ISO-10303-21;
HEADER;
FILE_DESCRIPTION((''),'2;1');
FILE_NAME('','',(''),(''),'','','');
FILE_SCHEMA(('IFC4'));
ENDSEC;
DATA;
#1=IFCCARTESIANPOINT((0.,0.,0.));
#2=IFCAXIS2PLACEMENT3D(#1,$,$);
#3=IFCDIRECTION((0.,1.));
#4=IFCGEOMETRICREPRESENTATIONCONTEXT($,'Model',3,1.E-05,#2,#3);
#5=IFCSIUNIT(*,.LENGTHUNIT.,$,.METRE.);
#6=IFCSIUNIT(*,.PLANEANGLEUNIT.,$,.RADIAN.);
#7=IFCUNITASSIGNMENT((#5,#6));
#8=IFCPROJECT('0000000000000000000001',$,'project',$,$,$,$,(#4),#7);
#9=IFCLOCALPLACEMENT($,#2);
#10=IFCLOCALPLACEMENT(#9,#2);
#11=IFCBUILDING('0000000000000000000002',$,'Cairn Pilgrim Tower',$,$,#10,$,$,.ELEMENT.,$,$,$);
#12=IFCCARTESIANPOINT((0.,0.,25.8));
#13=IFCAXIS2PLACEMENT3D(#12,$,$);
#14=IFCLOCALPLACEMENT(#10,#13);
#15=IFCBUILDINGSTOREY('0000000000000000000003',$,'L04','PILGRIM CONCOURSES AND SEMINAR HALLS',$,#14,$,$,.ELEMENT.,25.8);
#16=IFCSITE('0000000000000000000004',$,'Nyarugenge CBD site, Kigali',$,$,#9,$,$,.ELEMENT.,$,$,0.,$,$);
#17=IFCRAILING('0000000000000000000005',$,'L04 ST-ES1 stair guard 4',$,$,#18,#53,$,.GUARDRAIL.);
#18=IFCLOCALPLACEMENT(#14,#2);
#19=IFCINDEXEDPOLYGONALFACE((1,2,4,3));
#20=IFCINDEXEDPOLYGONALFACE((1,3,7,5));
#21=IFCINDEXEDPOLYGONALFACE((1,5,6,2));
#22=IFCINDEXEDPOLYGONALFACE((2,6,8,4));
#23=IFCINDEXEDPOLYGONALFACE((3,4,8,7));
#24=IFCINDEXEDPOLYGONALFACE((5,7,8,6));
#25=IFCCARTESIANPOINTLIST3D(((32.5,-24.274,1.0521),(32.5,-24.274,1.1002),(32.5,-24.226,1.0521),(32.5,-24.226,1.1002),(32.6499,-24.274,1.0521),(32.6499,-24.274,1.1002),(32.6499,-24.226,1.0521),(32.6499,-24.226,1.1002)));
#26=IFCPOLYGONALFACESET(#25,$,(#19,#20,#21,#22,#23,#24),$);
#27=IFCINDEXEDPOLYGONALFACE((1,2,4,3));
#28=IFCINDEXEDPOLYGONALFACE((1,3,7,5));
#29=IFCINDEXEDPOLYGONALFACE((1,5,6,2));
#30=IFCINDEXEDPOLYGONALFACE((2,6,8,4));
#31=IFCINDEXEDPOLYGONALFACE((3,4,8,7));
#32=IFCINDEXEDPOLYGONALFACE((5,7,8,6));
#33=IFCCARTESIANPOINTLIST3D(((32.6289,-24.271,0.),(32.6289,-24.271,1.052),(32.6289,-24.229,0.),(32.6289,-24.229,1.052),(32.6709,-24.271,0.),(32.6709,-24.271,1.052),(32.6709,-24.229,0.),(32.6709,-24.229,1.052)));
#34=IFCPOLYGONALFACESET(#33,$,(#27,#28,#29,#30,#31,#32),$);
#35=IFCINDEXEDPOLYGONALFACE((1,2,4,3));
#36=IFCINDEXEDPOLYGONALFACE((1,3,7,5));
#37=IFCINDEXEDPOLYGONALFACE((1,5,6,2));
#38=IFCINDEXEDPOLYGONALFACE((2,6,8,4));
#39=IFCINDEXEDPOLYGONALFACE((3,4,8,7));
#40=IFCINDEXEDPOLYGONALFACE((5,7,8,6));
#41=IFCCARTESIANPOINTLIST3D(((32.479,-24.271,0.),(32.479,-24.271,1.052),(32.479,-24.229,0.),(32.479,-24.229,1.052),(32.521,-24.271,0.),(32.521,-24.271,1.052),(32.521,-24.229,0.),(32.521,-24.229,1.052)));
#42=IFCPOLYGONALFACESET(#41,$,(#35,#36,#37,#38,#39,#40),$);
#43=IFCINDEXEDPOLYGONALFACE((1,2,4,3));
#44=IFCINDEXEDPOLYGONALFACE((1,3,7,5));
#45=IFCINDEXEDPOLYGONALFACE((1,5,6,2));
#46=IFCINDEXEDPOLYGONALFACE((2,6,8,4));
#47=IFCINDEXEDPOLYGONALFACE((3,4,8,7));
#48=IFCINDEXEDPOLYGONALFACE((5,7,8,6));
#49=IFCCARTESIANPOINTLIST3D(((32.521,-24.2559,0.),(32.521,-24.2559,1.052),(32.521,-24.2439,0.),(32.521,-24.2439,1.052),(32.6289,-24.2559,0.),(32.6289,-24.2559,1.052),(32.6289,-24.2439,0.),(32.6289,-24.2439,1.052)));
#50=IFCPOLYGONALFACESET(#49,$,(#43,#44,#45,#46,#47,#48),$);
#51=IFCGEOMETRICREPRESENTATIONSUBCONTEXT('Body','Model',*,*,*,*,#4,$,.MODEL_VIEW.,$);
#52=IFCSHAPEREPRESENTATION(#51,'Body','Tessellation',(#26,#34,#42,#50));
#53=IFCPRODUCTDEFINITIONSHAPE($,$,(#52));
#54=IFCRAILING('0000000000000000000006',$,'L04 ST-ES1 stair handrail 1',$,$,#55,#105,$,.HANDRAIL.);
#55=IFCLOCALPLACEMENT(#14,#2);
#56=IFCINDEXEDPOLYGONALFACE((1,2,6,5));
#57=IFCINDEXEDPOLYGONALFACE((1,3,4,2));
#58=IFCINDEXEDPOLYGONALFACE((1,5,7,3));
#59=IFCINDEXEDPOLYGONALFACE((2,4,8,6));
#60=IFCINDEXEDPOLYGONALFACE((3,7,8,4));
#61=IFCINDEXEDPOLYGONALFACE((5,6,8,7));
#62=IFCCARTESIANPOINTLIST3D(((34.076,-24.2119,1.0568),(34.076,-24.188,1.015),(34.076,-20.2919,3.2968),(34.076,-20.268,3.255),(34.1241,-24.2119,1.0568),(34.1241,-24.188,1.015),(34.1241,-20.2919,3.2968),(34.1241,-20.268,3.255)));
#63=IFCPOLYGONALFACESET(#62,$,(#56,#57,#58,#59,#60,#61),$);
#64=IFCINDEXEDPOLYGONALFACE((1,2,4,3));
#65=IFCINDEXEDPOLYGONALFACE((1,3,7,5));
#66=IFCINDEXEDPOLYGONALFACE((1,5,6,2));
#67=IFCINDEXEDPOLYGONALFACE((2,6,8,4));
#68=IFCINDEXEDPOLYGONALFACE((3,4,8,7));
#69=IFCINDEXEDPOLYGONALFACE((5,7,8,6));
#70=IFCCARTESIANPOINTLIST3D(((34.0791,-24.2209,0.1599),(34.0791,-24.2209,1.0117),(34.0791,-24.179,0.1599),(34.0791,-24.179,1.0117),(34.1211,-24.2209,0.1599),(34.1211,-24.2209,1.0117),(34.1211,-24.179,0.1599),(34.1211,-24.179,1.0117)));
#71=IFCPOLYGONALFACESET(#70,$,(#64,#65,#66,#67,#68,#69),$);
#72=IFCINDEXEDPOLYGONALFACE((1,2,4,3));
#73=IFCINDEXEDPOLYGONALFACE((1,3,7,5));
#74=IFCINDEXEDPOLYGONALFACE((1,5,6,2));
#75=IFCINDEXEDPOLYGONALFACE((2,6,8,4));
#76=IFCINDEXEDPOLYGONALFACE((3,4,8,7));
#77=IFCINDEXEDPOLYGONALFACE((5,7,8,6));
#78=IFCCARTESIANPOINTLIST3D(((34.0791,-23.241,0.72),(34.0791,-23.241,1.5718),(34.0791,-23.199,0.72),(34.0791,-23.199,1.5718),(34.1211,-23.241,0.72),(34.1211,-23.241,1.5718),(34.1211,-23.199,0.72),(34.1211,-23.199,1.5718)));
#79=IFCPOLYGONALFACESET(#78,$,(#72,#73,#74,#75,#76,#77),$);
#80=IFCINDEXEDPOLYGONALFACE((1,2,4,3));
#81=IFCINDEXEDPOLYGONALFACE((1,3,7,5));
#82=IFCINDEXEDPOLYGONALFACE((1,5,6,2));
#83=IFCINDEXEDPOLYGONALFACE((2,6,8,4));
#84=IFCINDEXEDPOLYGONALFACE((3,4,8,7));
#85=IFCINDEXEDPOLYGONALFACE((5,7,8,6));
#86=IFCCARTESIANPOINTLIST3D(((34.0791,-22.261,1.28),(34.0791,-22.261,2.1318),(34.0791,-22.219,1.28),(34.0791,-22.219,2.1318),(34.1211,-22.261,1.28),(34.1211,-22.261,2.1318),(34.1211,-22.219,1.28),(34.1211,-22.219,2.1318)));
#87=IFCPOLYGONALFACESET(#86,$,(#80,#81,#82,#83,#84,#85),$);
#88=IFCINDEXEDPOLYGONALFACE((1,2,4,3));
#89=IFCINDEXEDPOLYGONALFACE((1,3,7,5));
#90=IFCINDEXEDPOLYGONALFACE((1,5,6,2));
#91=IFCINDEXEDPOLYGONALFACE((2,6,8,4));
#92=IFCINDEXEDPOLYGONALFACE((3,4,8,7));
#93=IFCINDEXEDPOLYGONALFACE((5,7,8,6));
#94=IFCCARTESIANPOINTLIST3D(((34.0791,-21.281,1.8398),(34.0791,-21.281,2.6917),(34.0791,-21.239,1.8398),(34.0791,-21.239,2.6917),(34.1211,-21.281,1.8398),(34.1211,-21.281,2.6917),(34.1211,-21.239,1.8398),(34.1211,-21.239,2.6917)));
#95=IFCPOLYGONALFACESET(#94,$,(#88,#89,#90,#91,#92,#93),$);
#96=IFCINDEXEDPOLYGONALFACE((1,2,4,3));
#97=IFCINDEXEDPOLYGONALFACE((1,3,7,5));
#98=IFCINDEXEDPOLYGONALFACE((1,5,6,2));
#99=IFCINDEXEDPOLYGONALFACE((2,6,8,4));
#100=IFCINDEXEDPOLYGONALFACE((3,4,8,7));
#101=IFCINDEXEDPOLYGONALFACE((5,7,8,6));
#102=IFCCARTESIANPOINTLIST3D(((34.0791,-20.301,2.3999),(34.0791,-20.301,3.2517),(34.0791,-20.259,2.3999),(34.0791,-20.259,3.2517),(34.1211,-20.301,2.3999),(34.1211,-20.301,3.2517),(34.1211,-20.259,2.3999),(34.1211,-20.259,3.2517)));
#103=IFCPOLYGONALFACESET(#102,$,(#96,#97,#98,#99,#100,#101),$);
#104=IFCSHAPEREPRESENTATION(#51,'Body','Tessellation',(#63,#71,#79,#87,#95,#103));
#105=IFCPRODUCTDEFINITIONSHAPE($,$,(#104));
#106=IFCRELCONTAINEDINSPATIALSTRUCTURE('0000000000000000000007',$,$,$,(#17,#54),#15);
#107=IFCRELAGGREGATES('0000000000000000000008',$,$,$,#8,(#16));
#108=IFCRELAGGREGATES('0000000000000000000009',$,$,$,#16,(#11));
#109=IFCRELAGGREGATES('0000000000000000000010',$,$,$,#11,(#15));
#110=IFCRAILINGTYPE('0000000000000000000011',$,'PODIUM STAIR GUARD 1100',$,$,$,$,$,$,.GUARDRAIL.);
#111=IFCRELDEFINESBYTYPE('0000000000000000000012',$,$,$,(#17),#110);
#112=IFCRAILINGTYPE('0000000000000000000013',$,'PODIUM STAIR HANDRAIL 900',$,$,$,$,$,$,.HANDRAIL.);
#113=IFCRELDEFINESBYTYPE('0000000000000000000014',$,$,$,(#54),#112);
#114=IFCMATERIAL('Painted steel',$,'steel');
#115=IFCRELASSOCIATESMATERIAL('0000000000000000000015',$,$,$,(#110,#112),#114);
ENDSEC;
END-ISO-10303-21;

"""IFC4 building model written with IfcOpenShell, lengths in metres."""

from ifc_helpers import new_model, si_unit, direction, frame, origin, origin_2d, place, context, subcontext, project, spatial, polyline, rectangle, outline, extrude, material, type_object, element, save


model = new_model("IFC4")

# Units and contexts
model_context = context("Model", 3, precision=1e-05, world=origin(), true_north=direction((0.0, 1.0)))
body_context = subcontext(model_context, "Body", "Model", "MODEL_VIEW")
ifc_project = project(units=[si_unit("LENGTHUNIT", "METRE"), si_unit("PLANEANGLEUNIT", "RADIAN")], contexts=[model_context])

# Site, building, storey
site_placement = place(None, origin())
site = spatial("IfcSite", under=ifc_project, at=site_placement, Name="Nyarugenge CBD site, Kigali", CompositionType="ELEMENT", RefElevation=0.0)
building_placement = place(site_placement, origin())
building = spatial("IfcBuilding", under=site, at=building_placement, Name="Cairn Pilgrim Tower", CompositionType="ELEMENT")
storey_placement = place(building_placement, frame((0.0, 0.0, 25.8)))
storey = spatial("IfcBuildingStorey", under=building, at=storey_placement, Name="L04", Description="PILGRIM CONCOURSES AND SEMINAR HALLS", CompositionType="ELEMENT", Elevation=25.8)

# Railings
ifc_material_1 = material(Name="Painted steel", Category="steel")
railing_type_1 = type_object("IfcRailingType", Name="PODIUM STAIR GUARD 1100", PredefinedType="GUARDRAIL", material=ifc_material_1)
railing_1_placement = place(storey_placement, frame((32.6499, -24.25, 0.0)))
element("IfcRailing", 1, at=railing_1_placement, inside=storey, type_object=railing_type_1, Name="L04 ST-ES1 stair guard 4", PredefinedType="GUARDRAIL", context=body_context, shape_type="SweptSolid", body=[
    extrude(rectangle(XDim=0.0481, YDim=0.0481, at=origin_2d()), frame((0.0, 0.0, 1.0762), z_axis=(-1.0, 0.0, 0.0), x_axis=(0.0, -1.0, 0.0)), (0.0, 0.0, 1.0), 0.1499),
    extrude(rectangle(XDim=0.042, YDim=0.042, at=origin_2d()), origin(), (0.0, 0.0, 1.0), 1.052),
    extrude(rectangle(XDim=0.042, YDim=0.042, at=origin_2d()), frame((-0.1499, 0.0, 0.0)), (0.0, 0.0, 1.0), 1.052),
    extrude(outline(polyline([(0.021, 0.0), (0.1289, 0.0), (0.1289, 1.052), (0.021, 1.052), (0.021, 0.0)])), frame((0.0, -0.0059, 0.0), z_axis=(0.0, 1.0, 0.0), x_axis=(-1.0, 0.0, 0.0)), (0.0, 0.0, 1.0), 0.012),
])
railing_type_2 = type_object("IfcRailingType", Name="PODIUM STAIR HANDRAIL 900", PredefinedType="HANDRAIL", material=ifc_material_1)
railing_2_placement = place(storey_placement, frame((34.1001, -24.2, 0.1599)))
element("IfcRailing", 2, at=railing_2_placement, inside=storey, type_object=railing_type_2, Name="L04 ST-ES1 stair handrail 1", PredefinedType="HANDRAIL", context=body_context, shape_type="SweptSolid", body=[
    extrude(rectangle(XDim=0.0481, YDim=0.0481, at=origin_2d()), frame((0.0, 0.0, 0.876), z_axis=(0.0, 0.86824, 0.496145), x_axis=(-1.0, 0.0, 0.0)), (0.0, 0.0, 1.0), 4.5149),
    extrude(rectangle(XDim=0.042, YDim=0.042, at=origin_2d()), origin(), (0.0, 0.0, 1.0), 0.8518),
    extrude(rectangle(XDim=0.042, YDim=0.042, at=origin_2d()), frame((0.0, 0.98, 0.5601)), (0.0, 0.0, 1.0), 0.8518),
    extrude(rectangle(XDim=0.042, YDim=0.042, at=origin_2d()), frame((0.0, 1.96, 1.1201)), (0.0, 0.0, 1.0), 0.8518),
    extrude(rectangle(XDim=0.042, YDim=0.042, at=origin_2d()), frame((0.0, 2.9399, 1.6799)), (0.0, 0.0, 1.0), 0.8518),
    extrude(rectangle(XDim=0.042, YDim=0.042, at=origin_2d()), frame((0.0, 3.9199, 2.24)), (0.0, 0.0, 1.0), 0.8518),
])

save(model, "model.ifc")
